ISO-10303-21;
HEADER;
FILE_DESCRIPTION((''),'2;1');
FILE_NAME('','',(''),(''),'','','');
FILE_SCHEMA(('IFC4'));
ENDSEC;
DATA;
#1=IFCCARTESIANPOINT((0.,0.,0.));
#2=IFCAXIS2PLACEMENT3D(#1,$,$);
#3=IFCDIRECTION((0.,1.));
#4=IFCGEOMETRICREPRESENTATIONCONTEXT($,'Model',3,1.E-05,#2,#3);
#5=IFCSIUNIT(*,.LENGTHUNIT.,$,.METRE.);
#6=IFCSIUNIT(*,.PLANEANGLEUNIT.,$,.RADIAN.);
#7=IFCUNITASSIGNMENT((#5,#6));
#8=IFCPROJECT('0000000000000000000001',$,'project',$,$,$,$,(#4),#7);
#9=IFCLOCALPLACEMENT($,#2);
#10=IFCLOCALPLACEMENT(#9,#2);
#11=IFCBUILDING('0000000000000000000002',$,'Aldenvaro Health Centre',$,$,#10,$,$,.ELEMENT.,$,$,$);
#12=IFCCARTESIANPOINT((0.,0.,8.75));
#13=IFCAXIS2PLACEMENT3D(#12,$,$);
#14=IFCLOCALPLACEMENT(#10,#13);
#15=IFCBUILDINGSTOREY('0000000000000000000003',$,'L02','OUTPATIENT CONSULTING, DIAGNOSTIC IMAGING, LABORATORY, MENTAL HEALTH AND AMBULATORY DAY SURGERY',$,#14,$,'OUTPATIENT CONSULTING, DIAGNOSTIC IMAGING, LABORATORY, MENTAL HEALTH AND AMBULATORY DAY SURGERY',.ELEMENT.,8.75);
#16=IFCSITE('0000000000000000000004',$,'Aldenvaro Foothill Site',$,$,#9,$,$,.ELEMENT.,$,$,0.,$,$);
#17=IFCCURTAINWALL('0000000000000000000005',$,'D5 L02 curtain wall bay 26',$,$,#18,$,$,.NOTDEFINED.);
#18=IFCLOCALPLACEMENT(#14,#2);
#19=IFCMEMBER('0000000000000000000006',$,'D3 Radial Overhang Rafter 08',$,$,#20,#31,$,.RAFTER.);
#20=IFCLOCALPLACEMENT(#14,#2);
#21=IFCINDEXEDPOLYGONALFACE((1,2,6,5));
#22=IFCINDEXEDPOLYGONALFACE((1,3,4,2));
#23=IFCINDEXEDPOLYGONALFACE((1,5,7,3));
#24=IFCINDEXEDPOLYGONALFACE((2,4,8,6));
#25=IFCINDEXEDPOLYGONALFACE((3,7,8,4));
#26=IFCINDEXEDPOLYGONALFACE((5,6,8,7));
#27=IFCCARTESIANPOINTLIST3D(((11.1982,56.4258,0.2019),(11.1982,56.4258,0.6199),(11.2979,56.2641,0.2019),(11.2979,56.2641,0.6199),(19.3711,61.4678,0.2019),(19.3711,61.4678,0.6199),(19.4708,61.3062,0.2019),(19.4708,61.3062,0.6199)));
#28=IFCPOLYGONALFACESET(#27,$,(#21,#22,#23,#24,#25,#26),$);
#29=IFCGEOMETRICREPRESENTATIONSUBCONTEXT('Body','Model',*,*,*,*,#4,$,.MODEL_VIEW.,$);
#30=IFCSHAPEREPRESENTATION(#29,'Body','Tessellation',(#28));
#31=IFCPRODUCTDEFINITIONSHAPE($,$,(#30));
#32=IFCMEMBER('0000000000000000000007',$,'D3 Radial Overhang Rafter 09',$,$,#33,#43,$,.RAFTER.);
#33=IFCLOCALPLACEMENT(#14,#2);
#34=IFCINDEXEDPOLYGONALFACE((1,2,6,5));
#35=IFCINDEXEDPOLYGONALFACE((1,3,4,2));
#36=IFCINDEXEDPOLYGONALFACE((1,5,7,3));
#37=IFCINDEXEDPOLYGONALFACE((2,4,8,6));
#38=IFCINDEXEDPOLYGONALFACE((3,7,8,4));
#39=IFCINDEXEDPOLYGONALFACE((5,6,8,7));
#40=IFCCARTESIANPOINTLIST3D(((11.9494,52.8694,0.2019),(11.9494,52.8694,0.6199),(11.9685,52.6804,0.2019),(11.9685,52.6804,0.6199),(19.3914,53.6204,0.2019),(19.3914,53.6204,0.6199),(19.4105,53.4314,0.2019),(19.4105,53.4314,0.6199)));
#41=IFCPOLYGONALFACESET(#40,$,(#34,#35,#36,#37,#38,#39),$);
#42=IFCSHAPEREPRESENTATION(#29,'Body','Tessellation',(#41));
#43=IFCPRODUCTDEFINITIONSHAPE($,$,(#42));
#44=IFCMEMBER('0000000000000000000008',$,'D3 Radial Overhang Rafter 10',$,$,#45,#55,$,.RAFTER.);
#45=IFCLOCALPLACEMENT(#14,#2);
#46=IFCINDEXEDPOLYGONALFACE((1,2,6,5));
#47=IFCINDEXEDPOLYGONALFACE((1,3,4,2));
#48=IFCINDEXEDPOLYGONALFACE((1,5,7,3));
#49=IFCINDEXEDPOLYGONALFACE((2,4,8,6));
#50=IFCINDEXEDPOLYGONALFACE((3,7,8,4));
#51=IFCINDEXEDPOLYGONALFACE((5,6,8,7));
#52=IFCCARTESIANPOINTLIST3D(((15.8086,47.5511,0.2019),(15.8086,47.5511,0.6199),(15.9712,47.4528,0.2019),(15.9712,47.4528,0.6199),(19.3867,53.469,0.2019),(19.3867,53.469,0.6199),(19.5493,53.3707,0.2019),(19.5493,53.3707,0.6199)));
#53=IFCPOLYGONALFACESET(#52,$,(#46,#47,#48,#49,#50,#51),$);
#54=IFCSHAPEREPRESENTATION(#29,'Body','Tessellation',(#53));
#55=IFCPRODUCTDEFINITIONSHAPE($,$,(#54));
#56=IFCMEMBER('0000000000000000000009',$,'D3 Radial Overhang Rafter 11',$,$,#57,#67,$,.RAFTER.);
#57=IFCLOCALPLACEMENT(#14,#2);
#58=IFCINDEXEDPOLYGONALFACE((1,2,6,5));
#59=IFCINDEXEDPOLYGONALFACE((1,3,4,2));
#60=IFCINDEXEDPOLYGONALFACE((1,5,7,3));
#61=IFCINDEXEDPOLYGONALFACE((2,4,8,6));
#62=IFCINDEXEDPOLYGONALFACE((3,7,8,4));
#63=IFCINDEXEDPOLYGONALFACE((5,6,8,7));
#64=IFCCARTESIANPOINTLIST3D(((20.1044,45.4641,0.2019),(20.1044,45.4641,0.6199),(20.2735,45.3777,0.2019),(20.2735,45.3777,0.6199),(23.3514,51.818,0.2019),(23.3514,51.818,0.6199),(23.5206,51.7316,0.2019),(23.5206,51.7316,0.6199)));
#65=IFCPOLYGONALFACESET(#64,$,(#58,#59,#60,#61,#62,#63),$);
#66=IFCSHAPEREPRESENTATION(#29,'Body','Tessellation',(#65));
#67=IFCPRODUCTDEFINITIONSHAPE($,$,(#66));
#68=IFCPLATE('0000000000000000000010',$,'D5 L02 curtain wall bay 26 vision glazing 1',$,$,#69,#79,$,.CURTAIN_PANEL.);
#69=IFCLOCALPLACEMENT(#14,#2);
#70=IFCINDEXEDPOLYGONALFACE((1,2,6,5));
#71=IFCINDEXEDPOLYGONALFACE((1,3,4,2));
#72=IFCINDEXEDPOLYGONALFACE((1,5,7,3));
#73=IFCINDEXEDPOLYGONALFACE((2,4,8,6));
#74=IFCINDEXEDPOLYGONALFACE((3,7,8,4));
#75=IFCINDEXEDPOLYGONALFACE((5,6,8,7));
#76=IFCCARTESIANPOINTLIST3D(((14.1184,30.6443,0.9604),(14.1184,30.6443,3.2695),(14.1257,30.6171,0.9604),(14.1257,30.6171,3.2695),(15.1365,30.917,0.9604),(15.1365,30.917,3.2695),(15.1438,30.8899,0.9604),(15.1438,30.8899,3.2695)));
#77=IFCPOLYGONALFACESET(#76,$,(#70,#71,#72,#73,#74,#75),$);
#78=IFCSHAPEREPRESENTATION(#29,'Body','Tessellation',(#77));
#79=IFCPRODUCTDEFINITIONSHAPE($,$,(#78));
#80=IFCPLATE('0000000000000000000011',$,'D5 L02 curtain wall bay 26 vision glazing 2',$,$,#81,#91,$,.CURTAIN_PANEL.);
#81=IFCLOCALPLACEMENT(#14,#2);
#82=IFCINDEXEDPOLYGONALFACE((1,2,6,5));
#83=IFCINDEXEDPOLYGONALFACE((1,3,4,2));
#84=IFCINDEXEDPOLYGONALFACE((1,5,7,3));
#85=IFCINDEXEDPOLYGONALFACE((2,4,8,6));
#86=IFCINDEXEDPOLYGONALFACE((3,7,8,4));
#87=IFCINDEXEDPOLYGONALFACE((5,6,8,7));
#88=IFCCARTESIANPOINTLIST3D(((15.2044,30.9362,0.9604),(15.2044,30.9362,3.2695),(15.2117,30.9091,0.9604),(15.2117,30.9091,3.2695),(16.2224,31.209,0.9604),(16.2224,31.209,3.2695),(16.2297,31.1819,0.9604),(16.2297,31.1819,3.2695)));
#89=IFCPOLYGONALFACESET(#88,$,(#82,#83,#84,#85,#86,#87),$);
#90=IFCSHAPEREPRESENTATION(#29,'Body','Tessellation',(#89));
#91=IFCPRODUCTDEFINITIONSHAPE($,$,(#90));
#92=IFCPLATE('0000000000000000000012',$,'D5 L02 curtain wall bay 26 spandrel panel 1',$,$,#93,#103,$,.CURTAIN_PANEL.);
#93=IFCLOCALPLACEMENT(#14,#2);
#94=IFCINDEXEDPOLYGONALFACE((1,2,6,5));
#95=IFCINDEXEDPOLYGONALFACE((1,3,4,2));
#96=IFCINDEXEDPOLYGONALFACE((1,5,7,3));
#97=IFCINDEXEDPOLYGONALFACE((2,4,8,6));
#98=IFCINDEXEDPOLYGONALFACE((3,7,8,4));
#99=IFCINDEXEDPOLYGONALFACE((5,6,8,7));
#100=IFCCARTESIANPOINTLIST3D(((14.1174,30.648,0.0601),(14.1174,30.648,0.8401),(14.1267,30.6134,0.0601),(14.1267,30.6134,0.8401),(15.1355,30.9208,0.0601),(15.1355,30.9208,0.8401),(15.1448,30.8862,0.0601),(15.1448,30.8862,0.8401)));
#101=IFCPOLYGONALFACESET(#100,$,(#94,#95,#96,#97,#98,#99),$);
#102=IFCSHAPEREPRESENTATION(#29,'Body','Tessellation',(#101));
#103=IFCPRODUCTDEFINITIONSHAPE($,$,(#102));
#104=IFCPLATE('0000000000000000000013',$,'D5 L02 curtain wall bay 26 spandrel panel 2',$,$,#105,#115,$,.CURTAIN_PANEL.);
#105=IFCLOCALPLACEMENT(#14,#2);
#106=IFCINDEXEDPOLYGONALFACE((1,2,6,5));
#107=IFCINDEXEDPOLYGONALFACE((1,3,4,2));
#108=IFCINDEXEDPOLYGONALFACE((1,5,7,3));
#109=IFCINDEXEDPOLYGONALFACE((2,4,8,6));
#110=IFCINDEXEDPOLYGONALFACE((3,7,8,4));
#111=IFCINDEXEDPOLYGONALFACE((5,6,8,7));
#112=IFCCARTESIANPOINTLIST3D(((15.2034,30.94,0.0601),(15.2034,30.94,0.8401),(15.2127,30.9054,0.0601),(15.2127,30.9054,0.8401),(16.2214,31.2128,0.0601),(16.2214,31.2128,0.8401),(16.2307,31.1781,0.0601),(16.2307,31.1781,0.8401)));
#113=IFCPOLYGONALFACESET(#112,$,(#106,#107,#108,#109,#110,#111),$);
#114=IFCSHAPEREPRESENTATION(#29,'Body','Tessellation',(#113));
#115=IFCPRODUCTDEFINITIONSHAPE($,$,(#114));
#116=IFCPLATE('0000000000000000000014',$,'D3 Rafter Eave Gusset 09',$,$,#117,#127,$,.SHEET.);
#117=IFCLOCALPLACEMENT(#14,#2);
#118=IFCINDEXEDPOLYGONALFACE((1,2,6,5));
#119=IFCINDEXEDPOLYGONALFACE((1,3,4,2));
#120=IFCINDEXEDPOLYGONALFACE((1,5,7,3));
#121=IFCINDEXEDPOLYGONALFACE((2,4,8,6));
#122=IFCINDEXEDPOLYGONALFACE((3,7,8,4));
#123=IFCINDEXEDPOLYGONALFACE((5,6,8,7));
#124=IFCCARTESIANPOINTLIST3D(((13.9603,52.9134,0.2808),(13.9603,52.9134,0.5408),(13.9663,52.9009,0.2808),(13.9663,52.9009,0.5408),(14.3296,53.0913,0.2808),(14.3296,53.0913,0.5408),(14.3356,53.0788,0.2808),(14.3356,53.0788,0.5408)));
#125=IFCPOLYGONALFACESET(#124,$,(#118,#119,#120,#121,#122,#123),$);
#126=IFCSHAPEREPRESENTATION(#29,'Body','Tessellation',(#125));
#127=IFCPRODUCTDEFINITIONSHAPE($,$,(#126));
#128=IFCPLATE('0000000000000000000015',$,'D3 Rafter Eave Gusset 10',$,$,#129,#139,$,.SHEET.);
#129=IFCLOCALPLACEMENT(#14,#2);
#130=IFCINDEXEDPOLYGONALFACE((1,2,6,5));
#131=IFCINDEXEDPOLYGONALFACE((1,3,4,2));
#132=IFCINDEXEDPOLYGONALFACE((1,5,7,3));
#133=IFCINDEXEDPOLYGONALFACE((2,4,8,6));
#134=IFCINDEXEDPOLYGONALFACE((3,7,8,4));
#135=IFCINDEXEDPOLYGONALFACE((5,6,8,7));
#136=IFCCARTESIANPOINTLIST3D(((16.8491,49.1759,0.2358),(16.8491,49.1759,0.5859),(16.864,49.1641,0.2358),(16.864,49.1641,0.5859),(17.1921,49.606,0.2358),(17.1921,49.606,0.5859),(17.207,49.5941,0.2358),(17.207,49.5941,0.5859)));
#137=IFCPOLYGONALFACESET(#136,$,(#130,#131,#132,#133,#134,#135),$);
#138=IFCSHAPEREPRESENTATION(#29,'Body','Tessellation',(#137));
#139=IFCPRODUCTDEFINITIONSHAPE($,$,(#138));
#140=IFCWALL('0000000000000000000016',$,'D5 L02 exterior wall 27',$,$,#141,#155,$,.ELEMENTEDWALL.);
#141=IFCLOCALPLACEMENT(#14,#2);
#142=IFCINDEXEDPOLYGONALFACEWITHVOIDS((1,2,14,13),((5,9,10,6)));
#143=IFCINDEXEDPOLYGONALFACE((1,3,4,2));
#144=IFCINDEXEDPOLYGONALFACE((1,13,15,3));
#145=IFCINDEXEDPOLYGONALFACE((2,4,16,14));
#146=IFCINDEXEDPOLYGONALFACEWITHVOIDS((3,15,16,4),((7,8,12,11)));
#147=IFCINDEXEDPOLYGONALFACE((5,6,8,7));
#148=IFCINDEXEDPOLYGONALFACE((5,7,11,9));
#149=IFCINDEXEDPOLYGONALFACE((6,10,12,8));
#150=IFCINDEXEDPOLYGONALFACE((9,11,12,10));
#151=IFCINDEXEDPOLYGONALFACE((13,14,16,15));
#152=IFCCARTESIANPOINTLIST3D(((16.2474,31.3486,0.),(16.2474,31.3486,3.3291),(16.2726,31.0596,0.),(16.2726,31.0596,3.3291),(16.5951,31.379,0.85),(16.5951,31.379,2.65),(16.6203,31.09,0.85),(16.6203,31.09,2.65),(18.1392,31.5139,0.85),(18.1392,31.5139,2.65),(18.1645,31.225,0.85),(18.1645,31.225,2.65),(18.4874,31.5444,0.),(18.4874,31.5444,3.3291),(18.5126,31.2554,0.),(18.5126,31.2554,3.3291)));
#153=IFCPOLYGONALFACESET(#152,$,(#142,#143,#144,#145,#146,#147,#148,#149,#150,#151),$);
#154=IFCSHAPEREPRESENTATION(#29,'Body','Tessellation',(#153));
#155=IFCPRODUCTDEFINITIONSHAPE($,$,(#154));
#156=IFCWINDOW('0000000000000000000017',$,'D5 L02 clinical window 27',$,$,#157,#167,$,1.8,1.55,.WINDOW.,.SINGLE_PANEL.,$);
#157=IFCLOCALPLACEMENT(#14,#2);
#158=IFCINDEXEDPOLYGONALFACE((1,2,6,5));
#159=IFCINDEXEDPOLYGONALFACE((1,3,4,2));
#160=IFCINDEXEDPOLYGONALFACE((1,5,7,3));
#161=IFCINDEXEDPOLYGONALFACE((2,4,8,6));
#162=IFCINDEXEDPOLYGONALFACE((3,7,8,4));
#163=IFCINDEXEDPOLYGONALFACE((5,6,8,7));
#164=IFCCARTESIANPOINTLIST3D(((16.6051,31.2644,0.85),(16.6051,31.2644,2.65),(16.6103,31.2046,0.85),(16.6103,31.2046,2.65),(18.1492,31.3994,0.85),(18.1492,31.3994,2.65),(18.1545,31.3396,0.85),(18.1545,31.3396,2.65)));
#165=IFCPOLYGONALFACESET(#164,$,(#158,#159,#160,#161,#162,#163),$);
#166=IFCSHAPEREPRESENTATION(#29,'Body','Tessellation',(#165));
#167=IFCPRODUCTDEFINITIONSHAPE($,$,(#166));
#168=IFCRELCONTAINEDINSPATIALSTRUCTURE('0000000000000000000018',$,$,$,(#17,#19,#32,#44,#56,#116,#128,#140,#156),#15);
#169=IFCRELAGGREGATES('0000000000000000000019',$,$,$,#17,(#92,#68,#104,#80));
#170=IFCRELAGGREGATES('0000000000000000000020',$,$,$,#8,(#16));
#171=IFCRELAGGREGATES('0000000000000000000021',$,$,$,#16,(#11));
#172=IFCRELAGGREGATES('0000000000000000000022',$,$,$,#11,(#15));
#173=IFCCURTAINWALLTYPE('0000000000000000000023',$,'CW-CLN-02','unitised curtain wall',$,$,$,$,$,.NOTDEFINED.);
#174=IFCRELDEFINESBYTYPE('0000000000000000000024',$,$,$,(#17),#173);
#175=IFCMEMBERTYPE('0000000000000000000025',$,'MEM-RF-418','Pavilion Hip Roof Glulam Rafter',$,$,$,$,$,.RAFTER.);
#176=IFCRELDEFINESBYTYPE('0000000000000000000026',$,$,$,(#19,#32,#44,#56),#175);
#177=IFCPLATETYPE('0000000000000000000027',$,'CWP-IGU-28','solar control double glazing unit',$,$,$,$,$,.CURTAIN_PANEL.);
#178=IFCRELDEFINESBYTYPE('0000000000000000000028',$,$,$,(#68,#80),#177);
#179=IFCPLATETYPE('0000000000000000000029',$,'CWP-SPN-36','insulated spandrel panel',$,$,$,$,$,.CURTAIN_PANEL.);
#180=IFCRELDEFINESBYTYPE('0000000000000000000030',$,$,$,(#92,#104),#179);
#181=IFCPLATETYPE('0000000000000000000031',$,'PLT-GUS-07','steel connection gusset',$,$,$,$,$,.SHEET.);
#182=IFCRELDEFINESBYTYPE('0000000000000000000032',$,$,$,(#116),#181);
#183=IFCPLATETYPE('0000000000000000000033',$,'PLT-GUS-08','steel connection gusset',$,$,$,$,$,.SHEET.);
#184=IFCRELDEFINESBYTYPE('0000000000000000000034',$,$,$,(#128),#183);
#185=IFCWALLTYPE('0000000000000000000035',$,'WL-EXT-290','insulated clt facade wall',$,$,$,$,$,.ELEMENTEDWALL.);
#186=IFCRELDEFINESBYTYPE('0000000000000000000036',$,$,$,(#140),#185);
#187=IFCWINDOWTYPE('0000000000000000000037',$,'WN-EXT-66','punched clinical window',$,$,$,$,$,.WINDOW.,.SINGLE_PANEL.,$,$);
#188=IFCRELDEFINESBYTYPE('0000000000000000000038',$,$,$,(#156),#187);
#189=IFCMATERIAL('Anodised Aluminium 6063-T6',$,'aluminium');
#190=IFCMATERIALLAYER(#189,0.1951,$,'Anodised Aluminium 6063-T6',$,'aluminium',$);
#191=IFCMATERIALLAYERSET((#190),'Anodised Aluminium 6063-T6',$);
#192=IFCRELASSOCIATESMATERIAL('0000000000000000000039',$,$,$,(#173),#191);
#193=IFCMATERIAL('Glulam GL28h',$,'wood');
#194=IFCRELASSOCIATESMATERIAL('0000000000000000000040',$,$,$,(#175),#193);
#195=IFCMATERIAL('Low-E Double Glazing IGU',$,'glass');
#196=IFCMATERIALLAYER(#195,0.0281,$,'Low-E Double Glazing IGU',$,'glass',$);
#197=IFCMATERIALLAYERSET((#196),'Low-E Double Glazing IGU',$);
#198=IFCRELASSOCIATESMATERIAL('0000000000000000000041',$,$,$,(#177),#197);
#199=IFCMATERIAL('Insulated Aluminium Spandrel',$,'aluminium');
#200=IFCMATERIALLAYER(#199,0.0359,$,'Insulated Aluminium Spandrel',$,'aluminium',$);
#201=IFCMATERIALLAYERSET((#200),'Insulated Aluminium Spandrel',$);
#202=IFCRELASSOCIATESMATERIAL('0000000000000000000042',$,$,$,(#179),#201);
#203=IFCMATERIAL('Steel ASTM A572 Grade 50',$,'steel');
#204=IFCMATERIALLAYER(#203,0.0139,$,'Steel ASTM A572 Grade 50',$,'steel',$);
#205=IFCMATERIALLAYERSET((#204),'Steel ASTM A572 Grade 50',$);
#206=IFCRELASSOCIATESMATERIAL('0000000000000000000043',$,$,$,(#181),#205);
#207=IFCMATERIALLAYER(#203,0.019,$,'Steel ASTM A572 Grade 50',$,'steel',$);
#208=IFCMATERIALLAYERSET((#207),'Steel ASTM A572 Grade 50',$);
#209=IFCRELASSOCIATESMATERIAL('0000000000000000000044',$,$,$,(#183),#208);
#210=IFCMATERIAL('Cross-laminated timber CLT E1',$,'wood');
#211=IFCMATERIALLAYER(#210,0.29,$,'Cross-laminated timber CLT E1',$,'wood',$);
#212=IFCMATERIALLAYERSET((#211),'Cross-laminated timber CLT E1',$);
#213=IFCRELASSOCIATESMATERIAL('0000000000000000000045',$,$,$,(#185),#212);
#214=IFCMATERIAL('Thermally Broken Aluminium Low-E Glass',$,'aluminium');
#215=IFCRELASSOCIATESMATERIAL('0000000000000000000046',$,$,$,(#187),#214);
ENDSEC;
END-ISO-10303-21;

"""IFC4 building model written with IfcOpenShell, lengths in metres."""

from ifc_helpers import new_model, si_unit, direction, frame, frame_2d, origin, origin_2d, place, context, subcontext, project, spatial, rectangle, extrude, material, layer, layer_set, material_profile, profile_set, type_object, element, fill, aggregate, save


model = new_model("IFC4")

# Units and contexts
model_context = context("Model", 3, precision=1e-05, world=origin(), true_north=direction((0.0, 1.0)))
body_context = subcontext(model_context, "Body", "Model", "MODEL_VIEW")
ifc_project = project(units=[si_unit("LENGTHUNIT", "METRE"), si_unit("PLANEANGLEUNIT", "RADIAN")], contexts=[model_context])

# Site, building, storey
site_placement = place(None, origin())
site = spatial("IfcSite", under=ifc_project, at=site_placement, Name="Aldenvaro Foothill Site", CompositionType="ELEMENT", RefElevation=0.0)
building_placement = place(site_placement, origin())
building = spatial("IfcBuilding", under=site, at=building_placement, Name="Aldenvaro Health Centre", CompositionType="ELEMENT")
storey_placement = place(building_placement, frame((0.0, 0.0, 8.75)))
storey = spatial("IfcBuildingStorey", under=building, at=storey_placement, Name="L02", Description="OUTPATIENT CONSULTING, DIAGNOSTIC IMAGING, LABORATORY, MENTAL HEALTH AND AMBULATORY DAY SURGERY", LongName="OUTPATIENT CONSULTING, DIAGNOSTIC IMAGING, LABORATORY, MENTAL HEALTH AND AMBULATORY DAY SURGERY", CompositionType="ELEMENT", Elevation=8.75)

# Shared definitions
ifc_material_1 = material(Name="Glulam GL28h", Category="wood")

# Curtain wall
ifc_material_2 = material(Name="Anodised Aluminium 6063-T6", Category="aluminium")
ifc_layer_1 = layer(ifc_material_2, 0.1951, Name="Anodised Aluminium 6063-T6", Category="aluminium")
ifc_layer_set_1 = layer_set([ifc_layer_1], Name="Anodised Aluminium 6063-T6")
curtain_wall_type = type_object("IfcCurtainWallType", Name="CW-CLN-02", Description="unitised curtain wall", PredefinedType="NOTDEFINED", material=ifc_layer_set_1)
curtain_wall_placement = place(storey_placement, origin())
curtain_wall = element("IfcCurtainWall", 1, at=curtain_wall_placement, inside=storey, type_object=curtain_wall_type, Name="D5 L02 curtain wall bay 26", PredefinedType="NOTDEFINED")

# Members
ifc_material_profile_1 = material_profile(ifc_material_1, rectangle(XDim=0.1899, YDim=0.418, at=origin_2d()), Name="GL 190x418", Category="wood")
ifc_profile_set_1 = profile_set([ifc_material_profile_1], Name="Glulam GL28h")
member_type_1 = type_object("IfcMemberType", Name="MEM-RF-418", Description="Pavilion Hip Roof Glulam Rafter", PredefinedType="RAFTER", material=ifc_profile_set_1)
member_1_placement = place(storey_placement, frame((11.248, 56.345, 0.4109), z_axis=(0.851075, 0.525045, 0.0), x_axis=(-0.525045, 0.851075, 0.0)))
element("IfcMember", 2, at=member_1_placement, inside=storey, type_object=member_type_1, Name="D3 Radial Overhang Rafter 08", PredefinedType="RAFTER", context=body_context, shape_type="SweptSolid", body=[
    extrude(rectangle(XDim=0.1899, YDim=0.418, at=origin_2d()), origin(), (0.0, 0.0, 1.0), 9.603),
])
member_2_placement = place(storey_placement, frame((11.959, 52.7749, 0.4109), z_axis=(0.994947, 0.100402, 0.0), x_axis=(-0.100402, 0.994947, 0.0)))
element("IfcMember", 3, at=member_2_placement, inside=storey, type_object=member_type_1, Name="D3 Radial Overhang Rafter 09", PredefinedType="RAFTER", context=body_context, shape_type="SweptSolid", body=[
    extrude(rectangle(XDim=0.1899, YDim=0.418, at=origin_2d()), origin(), (0.0, 0.0, 1.0), 7.4797),
])
member_3_placement = place(storey_placement, frame((15.8899, 47.502, 0.4109), z_axis=(0.5174, 0.855744, 0.0), x_axis=(-0.855744, 0.5174, 0.0)))
element("IfcMember", 4, at=member_3_placement, inside=storey, type_object=member_type_1, Name="D3 Radial Overhang Rafter 10", PredefinedType="RAFTER", context=body_context, shape_type="SweptSolid", body=[
    extrude(rectangle(XDim=0.1899, YDim=0.418, at=origin_2d()), origin(), (0.0, 0.0, 1.0), 6.9155),
])
member_4_placement = place(storey_placement, frame((20.189, 45.4209, 0.4109), z_axis=(0.455052, 0.890465, 0.0), x_axis=(-0.890465, 0.455052, 0.0)))
element("IfcMember", 5, at=member_4_placement, inside=storey, type_object=member_type_1, Name="D3 Radial Overhang Rafter 11", PredefinedType="RAFTER", context=body_context, shape_type="SweptSolid", body=[
    extrude(rectangle(XDim=0.1899, YDim=0.418, at=origin_2d()), origin(), (0.0, 0.0, 1.0), 7.1355),
])

# Plates
ifc_material_3 = material(Name="Low-E Double Glazing IGU", Category="glass")
ifc_layer_2 = layer(ifc_material_3, 0.0281, Name="Low-E Double Glazing IGU", Category="glass")
ifc_layer_set_2 = layer_set([ifc_layer_2], Name="Low-E Double Glazing IGU")
plate_type_1 = type_object("IfcPlateType", Name="CWP-IGU-28", Description="solar control double glazing unit", PredefinedType="CURTAIN_PANEL", material=ifc_layer_set_2)
plate_1_placement = place(storey_placement, frame((14.6311, 30.7671, 0.9604), z_axis=(0.0, 0.0, 1.0), x_axis=(0.965924, 0.258825, 0.0)))
plate_1 = element("IfcPlate", 6, at=plate_1_placement, type_object=plate_type_1, Name="D5 L02 curtain wall bay 26 vision glazing 1", PredefinedType="CURTAIN_PANEL", context=body_context, shape_type="SweptSolid", body=[
    extrude(rectangle(XDim=1.054, YDim=0.0281, at=origin_2d()), origin(), (0.0, 0.0, 1.0), 2.3091),
])
plate_2_placement = place(storey_placement, frame((15.717, 31.0591, 0.9604), z_axis=(0.0, 0.0, 1.0), x_axis=(0.965924, 0.258825, 0.0)))
plate_2 = element("IfcPlate", 7, at=plate_2_placement, type_object=plate_type_1, Name="D5 L02 curtain wall bay 26 vision glazing 2", PredefinedType="CURTAIN_PANEL", context=body_context, shape_type="SweptSolid", body=[
    extrude(rectangle(XDim=1.054, YDim=0.0281, at=origin_2d()), origin(), (0.0, 0.0, 1.0), 2.3091),
])
ifc_material_4 = material(Name="Insulated Aluminium Spandrel", Category="aluminium")
ifc_layer_3 = layer(ifc_material_4, 0.0359, Name="Insulated Aluminium Spandrel", Category="aluminium")
ifc_layer_set_3 = layer_set([ifc_layer_3], Name="Insulated Aluminium Spandrel")
plate_type_2 = type_object("IfcPlateType", Name="CWP-SPN-36", Description="insulated spandrel panel", PredefinedType="CURTAIN_PANEL", material=ifc_layer_set_3)
plate_3_placement = place(storey_placement, frame((14.6311, 30.7671, 0.0601), z_axis=(0.0, 0.0, 1.0), x_axis=(0.965924, 0.258825, 0.0)))
plate_3 = element("IfcPlate", 8, at=plate_3_placement, type_object=plate_type_2, Name="D5 L02 curtain wall bay 26 spandrel panel 1", PredefinedType="CURTAIN_PANEL", context=body_context, shape_type="SweptSolid", body=[
    extrude(rectangle(XDim=1.054, YDim=0.0359, at=origin_2d()), origin(), (0.0, 0.0, 1.0), 0.78),
])
plate_4_placement = place(storey_placement, frame((15.717, 31.0591, 0.0601), z_axis=(0.0, 0.0, 1.0), x_axis=(0.965924, 0.258825, 0.0)))
plate_4 = element("IfcPlate", 9, at=plate_4_placement, type_object=plate_type_2, Name="D5 L02 curtain wall bay 26 spandrel panel 2", PredefinedType="CURTAIN_PANEL", context=body_context, shape_type="SweptSolid", body=[
    extrude(rectangle(XDim=1.054, YDim=0.0359, at=origin_2d()), origin(), (0.0, 0.0, 1.0), 0.78),
])
aggregate(curtain_wall, [plate_3, plate_1, plate_4, plate_2])

# Plates
ifc_material_5 = material(Name="Steel ASTM A572 Grade 50", Category="steel")
ifc_layer_4 = layer(ifc_material_5, 0.0139, Name="Steel ASTM A572 Grade 50", Category="steel")
ifc_layer_set_4 = layer_set([ifc_layer_4], Name="Steel ASTM A572 Grade 50")
plate_type_3 = type_object("IfcPlateType", Name="PLT-GUS-07", Description="steel connection gusset", PredefinedType="SHEET", material=ifc_layer_set_4)
plate_5_placement = place(storey_placement, frame((14.1479, 52.9961, 0.2808), z_axis=(0.0, 0.0, 1.0), x_axis=(-0.900957, -0.433908, 0.0)))
element("IfcPlate", 10, at=plate_5_placement, inside=storey, type_object=plate_type_3, Name="D3 Rafter Eave Gusset 09", PredefinedType="SHEET", context=body_context, shape_type="SweptSolid", body=[
    extrude(rectangle(XDim=0.4099, YDim=0.0139, at=origin_2d()), origin(), (0.0, 0.0, 1.0), 0.26),
])
ifc_layer_5 = layer(ifc_material_5, 0.019, Name="Steel ASTM A572 Grade 50", Category="steel")
ifc_layer_set_5 = layer_set([ifc_layer_5], Name="Steel ASTM A572 Grade 50")
plate_type_4 = type_object("IfcPlateType", Name="PLT-GUS-08", Description="steel connection gusset", PredefinedType="SHEET", material=ifc_layer_set_5)
plate_6_placement = place(storey_placement, frame((17.0281, 49.385, 0.2358), z_axis=(0.0, 0.0, 1.0), x_axis=(-0.623519, -0.781808, 0.0)))
element("IfcPlate", 11, at=plate_6_placement, inside=storey, type_object=plate_type_4, Name="D3 Rafter Eave Gusset 10", PredefinedType="SHEET", context=body_context, shape_type="SweptSolid", body=[
    extrude(rectangle(XDim=0.55, YDim=0.019, at=origin_2d()), origin(), (0.0, 0.0, 1.0), 0.3501),
])

# Wall, opening, window
ifc_material_6 = material(Name="Cross-laminated timber CLT E1", Category="wood")
ifc_layer_6 = layer(ifc_material_6, 0.29, Name="Cross-laminated timber CLT E1", Category="wood")
ifc_layer_set_6 = layer_set([ifc_layer_6], Name="Cross-laminated timber CLT E1")
wall_type = type_object("IfcWallType", Name="WL-EXT-290", Description="insulated clt facade wall", PredefinedType="ELEMENTEDWALL", material=ifc_layer_set_6)
wall_1_placement = place(storey_placement, frame((16.26, 31.2041, 0.0), z_axis=(0.0, 0.0, 1.0), x_axis=(0.996201, 0.087079, 0.0)))
wall_1 = element("IfcWall", 12, at=wall_1_placement, inside=storey, type_object=wall_type, Name="D5 L02 exterior wall 27", PredefinedType="ELEMENTEDWALL", context=body_context, shape_type="SweptSolid", body=[
    extrude(rectangle(XDim=2.2485, YDim=0.29, at=frame_2d((1.1243, 0.0))), origin(), (0.0, 0.0, 1.0), 3.3291),
])
opening_1_placement = place(wall_1_placement, frame((0.3491, 0.0, 0.8501)))
opening_1 = element("IfcOpeningElement", 13, at=opening_1_placement, cuts=wall_1, PredefinedType="OPENING", context=body_context, shape_type="SweptSolid", body=[
    extrude(rectangle(XDim=1.55, YDim=1.8, at=frame_2d((0.7749, 0.8999))), frame((0.0, 0.155, 0.0), z_axis=(0.0, -1.0, 0.0), x_axis=(1.0, 0.0, 0.0)), (0.0, 0.0, 1.0), 0.3101),
])
ifc_material_7 = material(Name="Thermally Broken Aluminium Low-E Glass", Category="aluminium")
window_type_1 = type_object("IfcWindowType", Name="WN-EXT-66", Description="punched clinical window", PartitioningType="SINGLE_PANEL", PredefinedType="WINDOW", material=ifc_material_7)
window_1_placement = place(opening_1_placement, origin())
window_1 = element("IfcWindow", 14, at=window_1_placement, inside=storey, type_object=window_type_1, Name="D5 L02 clinical window 27", OverallHeight=1.8, OverallWidth=1.55, PartitioningType="SINGLE_PANEL", PredefinedType="WINDOW", context=body_context, shape_type="SweptSolid", body=[
    extrude(rectangle(XDim=1.55, YDim=1.8, at=frame_2d((0.7749, 0.8999))), frame((0.0, 0.03, 0.0), z_axis=(0.0, -1.0, 0.0), x_axis=(1.0, 0.0, 0.0)), (0.0, 0.0, 1.0), 0.0601),
])
fill(opening_1, window_1)

save(model, "model.ifc")
